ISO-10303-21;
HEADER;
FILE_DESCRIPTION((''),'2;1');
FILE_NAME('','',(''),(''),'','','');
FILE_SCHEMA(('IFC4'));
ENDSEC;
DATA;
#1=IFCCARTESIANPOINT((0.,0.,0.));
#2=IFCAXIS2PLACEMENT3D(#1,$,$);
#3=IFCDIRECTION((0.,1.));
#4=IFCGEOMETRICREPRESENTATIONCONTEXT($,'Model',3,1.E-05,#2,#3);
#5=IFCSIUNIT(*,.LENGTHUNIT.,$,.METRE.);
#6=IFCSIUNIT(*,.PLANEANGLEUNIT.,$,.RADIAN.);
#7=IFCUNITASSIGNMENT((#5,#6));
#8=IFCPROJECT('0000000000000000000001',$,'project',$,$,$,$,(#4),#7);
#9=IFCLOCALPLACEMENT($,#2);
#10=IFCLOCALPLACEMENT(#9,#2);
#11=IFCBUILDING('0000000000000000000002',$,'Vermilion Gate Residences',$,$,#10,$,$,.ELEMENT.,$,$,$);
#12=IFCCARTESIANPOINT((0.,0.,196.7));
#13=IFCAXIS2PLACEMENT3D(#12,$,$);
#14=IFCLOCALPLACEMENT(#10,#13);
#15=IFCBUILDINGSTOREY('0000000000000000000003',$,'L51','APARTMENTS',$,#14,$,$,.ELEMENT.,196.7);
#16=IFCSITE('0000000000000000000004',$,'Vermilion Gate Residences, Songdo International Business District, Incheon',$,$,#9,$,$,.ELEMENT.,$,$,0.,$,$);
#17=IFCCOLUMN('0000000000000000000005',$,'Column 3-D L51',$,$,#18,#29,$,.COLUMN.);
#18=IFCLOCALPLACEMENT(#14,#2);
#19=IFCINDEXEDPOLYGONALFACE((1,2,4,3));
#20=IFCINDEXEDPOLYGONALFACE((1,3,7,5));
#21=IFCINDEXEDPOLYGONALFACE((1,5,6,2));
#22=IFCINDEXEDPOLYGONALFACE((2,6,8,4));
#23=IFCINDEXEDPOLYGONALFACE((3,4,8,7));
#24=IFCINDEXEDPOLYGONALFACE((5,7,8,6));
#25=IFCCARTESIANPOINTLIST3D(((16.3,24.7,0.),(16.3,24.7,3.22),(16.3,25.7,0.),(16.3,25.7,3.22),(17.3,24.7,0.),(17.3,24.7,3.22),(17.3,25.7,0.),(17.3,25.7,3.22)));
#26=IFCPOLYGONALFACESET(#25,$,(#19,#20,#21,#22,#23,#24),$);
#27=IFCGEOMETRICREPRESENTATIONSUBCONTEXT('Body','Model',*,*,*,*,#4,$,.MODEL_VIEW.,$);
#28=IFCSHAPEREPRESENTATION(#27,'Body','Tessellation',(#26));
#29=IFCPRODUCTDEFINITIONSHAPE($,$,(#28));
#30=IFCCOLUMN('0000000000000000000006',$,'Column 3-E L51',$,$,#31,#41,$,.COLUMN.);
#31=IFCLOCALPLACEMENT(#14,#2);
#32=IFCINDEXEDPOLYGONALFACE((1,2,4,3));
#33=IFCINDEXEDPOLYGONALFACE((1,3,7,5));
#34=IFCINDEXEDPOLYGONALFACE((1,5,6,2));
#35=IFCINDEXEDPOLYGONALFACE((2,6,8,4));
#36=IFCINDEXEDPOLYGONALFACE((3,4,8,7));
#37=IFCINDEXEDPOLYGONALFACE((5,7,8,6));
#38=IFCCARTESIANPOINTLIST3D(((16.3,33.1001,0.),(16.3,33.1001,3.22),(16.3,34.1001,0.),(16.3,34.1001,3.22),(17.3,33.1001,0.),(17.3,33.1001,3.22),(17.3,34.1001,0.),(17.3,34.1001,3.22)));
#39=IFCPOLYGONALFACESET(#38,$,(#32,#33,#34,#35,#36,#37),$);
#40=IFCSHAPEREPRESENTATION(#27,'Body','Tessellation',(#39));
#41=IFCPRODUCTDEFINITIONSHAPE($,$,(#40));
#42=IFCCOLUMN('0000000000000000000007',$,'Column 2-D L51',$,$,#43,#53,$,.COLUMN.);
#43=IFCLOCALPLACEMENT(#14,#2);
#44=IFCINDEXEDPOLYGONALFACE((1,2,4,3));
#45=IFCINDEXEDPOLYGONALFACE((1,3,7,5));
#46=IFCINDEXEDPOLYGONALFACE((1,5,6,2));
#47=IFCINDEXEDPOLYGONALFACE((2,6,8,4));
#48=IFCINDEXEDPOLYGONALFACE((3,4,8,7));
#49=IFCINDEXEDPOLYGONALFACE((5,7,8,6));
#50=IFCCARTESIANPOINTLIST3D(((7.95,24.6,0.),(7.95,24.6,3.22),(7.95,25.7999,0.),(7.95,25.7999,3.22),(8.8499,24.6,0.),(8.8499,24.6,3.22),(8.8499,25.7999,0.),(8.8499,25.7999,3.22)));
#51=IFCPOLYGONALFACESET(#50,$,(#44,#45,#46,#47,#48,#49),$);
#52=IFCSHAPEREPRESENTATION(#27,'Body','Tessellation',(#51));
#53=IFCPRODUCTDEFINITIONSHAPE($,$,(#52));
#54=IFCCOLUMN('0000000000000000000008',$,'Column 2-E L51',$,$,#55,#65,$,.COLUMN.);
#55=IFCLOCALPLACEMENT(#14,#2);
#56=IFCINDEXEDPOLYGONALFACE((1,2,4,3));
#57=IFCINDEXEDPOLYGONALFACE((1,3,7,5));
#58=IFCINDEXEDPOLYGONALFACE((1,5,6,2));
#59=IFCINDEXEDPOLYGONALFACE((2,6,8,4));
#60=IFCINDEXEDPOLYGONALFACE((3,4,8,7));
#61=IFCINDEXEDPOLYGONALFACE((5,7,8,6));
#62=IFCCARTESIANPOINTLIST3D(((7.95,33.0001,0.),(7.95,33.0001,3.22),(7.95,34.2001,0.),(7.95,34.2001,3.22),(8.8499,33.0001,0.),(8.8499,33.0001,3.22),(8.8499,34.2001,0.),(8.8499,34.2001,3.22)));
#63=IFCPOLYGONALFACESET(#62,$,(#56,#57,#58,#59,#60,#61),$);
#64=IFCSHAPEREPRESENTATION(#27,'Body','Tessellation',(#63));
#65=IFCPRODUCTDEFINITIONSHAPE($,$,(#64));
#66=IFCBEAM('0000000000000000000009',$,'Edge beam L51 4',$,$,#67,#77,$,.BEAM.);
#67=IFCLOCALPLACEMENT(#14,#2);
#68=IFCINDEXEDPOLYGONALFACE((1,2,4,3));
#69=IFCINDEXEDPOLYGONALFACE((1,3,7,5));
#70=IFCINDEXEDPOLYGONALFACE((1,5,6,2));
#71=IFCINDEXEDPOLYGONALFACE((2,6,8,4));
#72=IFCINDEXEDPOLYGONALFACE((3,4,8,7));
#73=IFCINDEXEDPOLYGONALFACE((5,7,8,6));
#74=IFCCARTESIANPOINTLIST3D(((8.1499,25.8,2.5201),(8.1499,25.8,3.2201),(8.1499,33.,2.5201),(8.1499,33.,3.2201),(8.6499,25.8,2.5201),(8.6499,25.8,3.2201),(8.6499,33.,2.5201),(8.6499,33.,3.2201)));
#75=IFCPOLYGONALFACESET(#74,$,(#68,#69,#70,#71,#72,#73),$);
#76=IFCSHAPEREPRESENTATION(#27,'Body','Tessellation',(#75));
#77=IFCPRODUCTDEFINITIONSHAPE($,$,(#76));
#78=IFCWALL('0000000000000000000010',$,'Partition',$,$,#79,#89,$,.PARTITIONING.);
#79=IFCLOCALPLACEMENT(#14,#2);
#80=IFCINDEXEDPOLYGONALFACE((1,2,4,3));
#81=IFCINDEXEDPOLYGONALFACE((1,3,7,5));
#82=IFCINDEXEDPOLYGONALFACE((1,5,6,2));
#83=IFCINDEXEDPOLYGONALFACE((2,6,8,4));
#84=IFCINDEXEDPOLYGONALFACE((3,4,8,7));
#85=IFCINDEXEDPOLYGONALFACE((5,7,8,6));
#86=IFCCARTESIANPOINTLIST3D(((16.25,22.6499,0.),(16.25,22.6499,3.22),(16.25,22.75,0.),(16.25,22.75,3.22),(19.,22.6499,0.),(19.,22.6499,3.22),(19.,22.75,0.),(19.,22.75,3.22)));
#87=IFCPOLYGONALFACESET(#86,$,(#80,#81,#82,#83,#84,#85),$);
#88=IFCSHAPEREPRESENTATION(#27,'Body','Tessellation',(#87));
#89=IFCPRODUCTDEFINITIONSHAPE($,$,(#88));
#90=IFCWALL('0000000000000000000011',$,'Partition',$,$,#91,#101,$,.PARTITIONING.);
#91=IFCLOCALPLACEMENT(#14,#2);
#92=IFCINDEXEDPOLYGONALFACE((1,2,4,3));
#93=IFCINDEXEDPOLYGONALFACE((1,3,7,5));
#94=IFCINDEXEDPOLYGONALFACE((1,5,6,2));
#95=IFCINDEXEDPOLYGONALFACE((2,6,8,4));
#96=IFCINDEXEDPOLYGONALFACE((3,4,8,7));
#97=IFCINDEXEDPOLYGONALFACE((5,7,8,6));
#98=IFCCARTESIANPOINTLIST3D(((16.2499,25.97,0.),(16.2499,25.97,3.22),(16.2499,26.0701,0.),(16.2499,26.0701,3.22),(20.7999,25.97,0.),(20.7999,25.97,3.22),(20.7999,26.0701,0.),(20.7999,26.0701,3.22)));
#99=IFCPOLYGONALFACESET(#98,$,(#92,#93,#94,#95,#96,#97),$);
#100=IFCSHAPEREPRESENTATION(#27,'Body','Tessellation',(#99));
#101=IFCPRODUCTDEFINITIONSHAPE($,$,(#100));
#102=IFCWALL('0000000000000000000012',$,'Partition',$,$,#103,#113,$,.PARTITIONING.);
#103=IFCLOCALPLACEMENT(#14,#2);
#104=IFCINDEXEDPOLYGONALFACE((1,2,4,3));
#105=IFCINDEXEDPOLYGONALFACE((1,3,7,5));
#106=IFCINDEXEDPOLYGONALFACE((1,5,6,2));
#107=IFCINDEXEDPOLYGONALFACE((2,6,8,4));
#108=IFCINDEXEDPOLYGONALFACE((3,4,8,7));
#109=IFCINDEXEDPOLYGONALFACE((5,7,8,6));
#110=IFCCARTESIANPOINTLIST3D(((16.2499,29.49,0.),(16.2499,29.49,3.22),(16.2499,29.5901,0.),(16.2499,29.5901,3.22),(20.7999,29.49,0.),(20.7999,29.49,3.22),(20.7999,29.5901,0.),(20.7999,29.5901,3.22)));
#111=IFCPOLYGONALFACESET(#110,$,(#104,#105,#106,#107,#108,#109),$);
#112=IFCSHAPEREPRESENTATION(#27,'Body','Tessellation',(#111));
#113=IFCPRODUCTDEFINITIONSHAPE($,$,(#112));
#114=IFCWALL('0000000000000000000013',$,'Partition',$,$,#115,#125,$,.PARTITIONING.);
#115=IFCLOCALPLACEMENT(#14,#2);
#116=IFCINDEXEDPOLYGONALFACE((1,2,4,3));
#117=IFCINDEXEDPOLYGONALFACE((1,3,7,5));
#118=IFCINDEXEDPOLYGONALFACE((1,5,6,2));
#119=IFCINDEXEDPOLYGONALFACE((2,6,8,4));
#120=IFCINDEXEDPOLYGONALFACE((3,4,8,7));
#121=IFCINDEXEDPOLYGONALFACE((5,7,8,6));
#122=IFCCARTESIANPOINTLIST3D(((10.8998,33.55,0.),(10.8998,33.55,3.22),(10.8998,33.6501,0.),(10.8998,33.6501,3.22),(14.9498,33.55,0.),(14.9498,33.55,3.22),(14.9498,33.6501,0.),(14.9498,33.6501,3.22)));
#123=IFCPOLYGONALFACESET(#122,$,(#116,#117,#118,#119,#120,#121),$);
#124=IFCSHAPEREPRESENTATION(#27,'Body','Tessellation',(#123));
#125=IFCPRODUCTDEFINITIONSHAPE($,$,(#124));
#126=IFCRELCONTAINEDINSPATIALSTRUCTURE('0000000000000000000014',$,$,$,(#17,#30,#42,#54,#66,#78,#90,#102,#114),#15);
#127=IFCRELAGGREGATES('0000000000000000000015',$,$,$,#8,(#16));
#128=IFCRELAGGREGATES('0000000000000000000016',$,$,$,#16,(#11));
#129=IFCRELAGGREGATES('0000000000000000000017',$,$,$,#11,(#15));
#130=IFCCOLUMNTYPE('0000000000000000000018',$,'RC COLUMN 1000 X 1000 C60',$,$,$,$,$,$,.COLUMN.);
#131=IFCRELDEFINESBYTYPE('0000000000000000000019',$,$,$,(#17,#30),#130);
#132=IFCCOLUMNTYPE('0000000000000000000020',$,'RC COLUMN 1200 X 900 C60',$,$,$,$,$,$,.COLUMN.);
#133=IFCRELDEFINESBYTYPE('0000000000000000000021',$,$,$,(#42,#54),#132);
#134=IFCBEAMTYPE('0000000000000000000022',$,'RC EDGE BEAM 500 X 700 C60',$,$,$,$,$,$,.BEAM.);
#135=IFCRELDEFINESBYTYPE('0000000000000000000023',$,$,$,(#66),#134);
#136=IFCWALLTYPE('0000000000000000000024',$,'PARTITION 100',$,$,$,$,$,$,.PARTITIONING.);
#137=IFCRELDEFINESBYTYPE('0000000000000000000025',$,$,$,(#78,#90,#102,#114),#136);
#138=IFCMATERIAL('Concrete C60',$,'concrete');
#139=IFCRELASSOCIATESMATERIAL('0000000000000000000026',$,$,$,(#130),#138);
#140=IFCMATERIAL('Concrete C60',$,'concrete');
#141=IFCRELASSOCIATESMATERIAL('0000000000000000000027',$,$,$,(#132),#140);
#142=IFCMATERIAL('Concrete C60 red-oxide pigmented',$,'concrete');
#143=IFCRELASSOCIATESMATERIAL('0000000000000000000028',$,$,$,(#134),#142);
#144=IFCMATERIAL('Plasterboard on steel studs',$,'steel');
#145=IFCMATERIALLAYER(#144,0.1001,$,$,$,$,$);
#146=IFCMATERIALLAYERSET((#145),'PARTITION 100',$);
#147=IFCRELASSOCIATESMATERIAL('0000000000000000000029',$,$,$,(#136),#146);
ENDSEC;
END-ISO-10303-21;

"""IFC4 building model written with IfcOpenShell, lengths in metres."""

from ifc_helpers import new_model, si_unit, direction, frame, frame_2d, origin, origin_2d, place, context, subcontext, project, spatial, rectangle, extrude, material, layer, layer_set, material_profile, profile_set, type_object, element, save


model = new_model("IFC4")

# Units and contexts
model_context = context("Model", 3, precision=1e-05, world=origin(), true_north=direction((0.0, 1.0)))
body_context = subcontext(model_context, "Body", "Model", "MODEL_VIEW")
ifc_project = project(units=[si_unit("LENGTHUNIT", "METRE"), si_unit("PLANEANGLEUNIT", "RADIAN")], contexts=[model_context])

# Site, building, storey
site_placement = place(None, origin())
site = spatial("IfcSite", under=ifc_project, at=site_placement, Name="Vermilion Gate Residences, Songdo International Business District, Incheon", CompositionType="ELEMENT", RefElevation=0.0)
building_placement = place(site_placement, origin())
building = spatial("IfcBuilding", under=site, at=building_placement, Name="Vermilion Gate Residences", CompositionType="ELEMENT")
storey_placement = place(building_placement, frame((0.0, 0.0, 196.7)))
storey = spatial("IfcBuildingStorey", under=building, at=storey_placement, Name="L51", Description="APARTMENTS", CompositionType="ELEMENT", Elevation=196.7)

# Columns
ifc_material_1 = material(Name="Concrete C60", Category="concrete")
ifc_material_profile_1 = material_profile(ifc_material_1, rectangle(XDim=1.0, YDim=1.0, at=origin_2d()), Name="RC-1000x1000")
ifc_profile_set_1 = profile_set([ifc_material_profile_1], Name="Concrete C60")
column_type_1 = type_object("IfcColumnType", Name="RC COLUMN 1000 X 1000 C60", PredefinedType="COLUMN", material=ifc_profile_set_1)
for number, where, z_axis, x_axis, name in (
    (1, (16.8, 25.2, 0.0), (0.0, 0.0, 1.0), (1.0, 0.0, 0.0), "Column 3-D L51"),
    (2, (16.8, 33.6001, 0.0), (0.0, 0.0, 1.0), (1.0, 0.0, 0.0), "Column 3-E L51"),
):
    element("IfcColumn", number, at=place(storey_placement, frame(where, z_axis=z_axis, x_axis=x_axis)), inside=storey, type_object=column_type_1, Name=name, PredefinedType="COLUMN", context=body_context, shape_type="SweptSolid", body=[
        extrude(rectangle(XDim=1.0, YDim=1.0, at=origin_2d()), origin(), (0.0, 0.0, 1.0), 3.22),
    ])
ifc_material_2 = material(Name="Concrete C60", Category="concrete")
ifc_material_profile_2 = material_profile(ifc_material_2, rectangle(XDim=1.2, YDim=0.8999, at=origin_2d()), Name="RC-1200x900")
ifc_profile_set_2 = profile_set([ifc_material_profile_2], Name="Concrete C60")
column_type_2 = type_object("IfcColumnType", Name="RC COLUMN 1200 X 900 C60", PredefinedType="COLUMN", material=ifc_profile_set_2)
for number, where, z_axis, x_axis, name in (
    (3, (8.3999, 25.2, 0.0), (0.0, 0.0, 1.0), (0.0, 1.0, 0.0), "Column 2-D L51"),
    (4, (8.3999, 33.6001, 0.0), (0.0, 0.0, 1.0), (0.0, 1.0, 0.0), "Column 2-E L51"),
):
    element("IfcColumn", number, at=place(storey_placement, frame(where, z_axis=z_axis, x_axis=x_axis)), inside=storey, type_object=column_type_2, Name=name, PredefinedType="COLUMN", context=body_context, shape_type="SweptSolid", body=[
        extrude(rectangle(XDim=1.2, YDim=0.8999, at=origin_2d()), origin(), (0.0, 0.0, 1.0), 3.22),
    ])

# Beam
ifc_material_3 = material(Name="Concrete C60 red-oxide pigmented", Category="concrete")
ifc_material_profile_3 = material_profile(ifc_material_3, rectangle(XDim=0.5, YDim=0.7, at=origin_2d()), Name="RC-500x700")
ifc_profile_set_3 = profile_set([ifc_material_profile_3], Name="Concrete C60 red-oxide pigmented")
beam_type = type_object("IfcBeamType", Name="RC EDGE BEAM 500 X 700 C60", PredefinedType="BEAM", material=ifc_profile_set_3)
beam_placement = place(storey_placement, frame((8.3999, 25.8, 2.8701), z_axis=(0.0, 1.0, 0.0), x_axis=(-1.0, 0.0, 0.0)))
element("IfcBeam", 5, at=beam_placement, inside=storey, type_object=beam_type, Name="Edge beam L51 4", PredefinedType="BEAM", context=body_context, shape_type="SweptSolid", body=[
    extrude(rectangle(XDim=0.5, YDim=0.7, at=origin_2d()), origin(), (0.0, 0.0, 1.0), 7.2),
])

# Walls
ifc_material_4 = material(Name="Plasterboard on steel studs", Category="steel")
ifc_layer_1 = layer(ifc_material_4, 0.1001)
ifc_layer_set_1 = layer_set([ifc_layer_1], Name="PARTITION 100")
wall_type_1 = type_object("IfcWallType", Name="PARTITION 100", PredefinedType="PARTITIONING", material=ifc_layer_set_1)
wall_1_placement = place(storey_placement, frame((16.25, 22.7, 0.0), z_axis=(0.0, 0.0, 1.0), x_axis=(1.0, 0.0, 0.0)))
element("IfcWall", 6, at=wall_1_placement, inside=storey, type_object=wall_type_1, Name="Partition", PredefinedType="PARTITIONING", context=body_context, shape_type="SweptSolid", body=[
    extrude(rectangle(XDim=2.75, YDim=0.1001, at=frame_2d((1.375, 0.0))), origin(), (0.0, 0.0, 1.0), 3.22),
])
for number, where, z_axis, x_axis, name in (
    (7, (16.25, 26.02, 0.0), (0.0, 0.0, 1.0), (1.0, 0.0, 0.0), "Partition"),
    (8, (16.25, 29.54, 0.0), (0.0, 0.0, 1.0), (1.0, 0.0, 0.0), "Partition"),
):
    element("IfcWall", number, at=place(storey_placement, frame(where, z_axis=z_axis, x_axis=x_axis)), inside=storey, type_object=wall_type_1, Name=name, PredefinedType="PARTITIONING", context=body_context, shape_type="SweptSolid", body=[
        extrude(rectangle(XDim=4.55, YDim=0.1001, at=frame_2d((2.2749, 0.0))), origin(), (0.0, 0.0, 1.0), 3.22),
    ])
wall_2_placement = place(storey_placement, frame((10.8999, 33.6001, 0.0), z_axis=(0.0, 0.0, 1.0), x_axis=(1.0, 0.0, 0.0)))
element("IfcWall", 9, at=wall_2_placement, inside=storey, type_object=wall_type_1, Name="Partition", PredefinedType="PARTITIONING", context=body_context, shape_type="SweptSolid", body=[
    extrude(rectangle(XDim=4.05, YDim=0.1001, at=frame_2d((2.0249, 0.0))), origin(), (0.0, 0.0, 1.0), 3.22),
])

save(model, "model.ifc")
